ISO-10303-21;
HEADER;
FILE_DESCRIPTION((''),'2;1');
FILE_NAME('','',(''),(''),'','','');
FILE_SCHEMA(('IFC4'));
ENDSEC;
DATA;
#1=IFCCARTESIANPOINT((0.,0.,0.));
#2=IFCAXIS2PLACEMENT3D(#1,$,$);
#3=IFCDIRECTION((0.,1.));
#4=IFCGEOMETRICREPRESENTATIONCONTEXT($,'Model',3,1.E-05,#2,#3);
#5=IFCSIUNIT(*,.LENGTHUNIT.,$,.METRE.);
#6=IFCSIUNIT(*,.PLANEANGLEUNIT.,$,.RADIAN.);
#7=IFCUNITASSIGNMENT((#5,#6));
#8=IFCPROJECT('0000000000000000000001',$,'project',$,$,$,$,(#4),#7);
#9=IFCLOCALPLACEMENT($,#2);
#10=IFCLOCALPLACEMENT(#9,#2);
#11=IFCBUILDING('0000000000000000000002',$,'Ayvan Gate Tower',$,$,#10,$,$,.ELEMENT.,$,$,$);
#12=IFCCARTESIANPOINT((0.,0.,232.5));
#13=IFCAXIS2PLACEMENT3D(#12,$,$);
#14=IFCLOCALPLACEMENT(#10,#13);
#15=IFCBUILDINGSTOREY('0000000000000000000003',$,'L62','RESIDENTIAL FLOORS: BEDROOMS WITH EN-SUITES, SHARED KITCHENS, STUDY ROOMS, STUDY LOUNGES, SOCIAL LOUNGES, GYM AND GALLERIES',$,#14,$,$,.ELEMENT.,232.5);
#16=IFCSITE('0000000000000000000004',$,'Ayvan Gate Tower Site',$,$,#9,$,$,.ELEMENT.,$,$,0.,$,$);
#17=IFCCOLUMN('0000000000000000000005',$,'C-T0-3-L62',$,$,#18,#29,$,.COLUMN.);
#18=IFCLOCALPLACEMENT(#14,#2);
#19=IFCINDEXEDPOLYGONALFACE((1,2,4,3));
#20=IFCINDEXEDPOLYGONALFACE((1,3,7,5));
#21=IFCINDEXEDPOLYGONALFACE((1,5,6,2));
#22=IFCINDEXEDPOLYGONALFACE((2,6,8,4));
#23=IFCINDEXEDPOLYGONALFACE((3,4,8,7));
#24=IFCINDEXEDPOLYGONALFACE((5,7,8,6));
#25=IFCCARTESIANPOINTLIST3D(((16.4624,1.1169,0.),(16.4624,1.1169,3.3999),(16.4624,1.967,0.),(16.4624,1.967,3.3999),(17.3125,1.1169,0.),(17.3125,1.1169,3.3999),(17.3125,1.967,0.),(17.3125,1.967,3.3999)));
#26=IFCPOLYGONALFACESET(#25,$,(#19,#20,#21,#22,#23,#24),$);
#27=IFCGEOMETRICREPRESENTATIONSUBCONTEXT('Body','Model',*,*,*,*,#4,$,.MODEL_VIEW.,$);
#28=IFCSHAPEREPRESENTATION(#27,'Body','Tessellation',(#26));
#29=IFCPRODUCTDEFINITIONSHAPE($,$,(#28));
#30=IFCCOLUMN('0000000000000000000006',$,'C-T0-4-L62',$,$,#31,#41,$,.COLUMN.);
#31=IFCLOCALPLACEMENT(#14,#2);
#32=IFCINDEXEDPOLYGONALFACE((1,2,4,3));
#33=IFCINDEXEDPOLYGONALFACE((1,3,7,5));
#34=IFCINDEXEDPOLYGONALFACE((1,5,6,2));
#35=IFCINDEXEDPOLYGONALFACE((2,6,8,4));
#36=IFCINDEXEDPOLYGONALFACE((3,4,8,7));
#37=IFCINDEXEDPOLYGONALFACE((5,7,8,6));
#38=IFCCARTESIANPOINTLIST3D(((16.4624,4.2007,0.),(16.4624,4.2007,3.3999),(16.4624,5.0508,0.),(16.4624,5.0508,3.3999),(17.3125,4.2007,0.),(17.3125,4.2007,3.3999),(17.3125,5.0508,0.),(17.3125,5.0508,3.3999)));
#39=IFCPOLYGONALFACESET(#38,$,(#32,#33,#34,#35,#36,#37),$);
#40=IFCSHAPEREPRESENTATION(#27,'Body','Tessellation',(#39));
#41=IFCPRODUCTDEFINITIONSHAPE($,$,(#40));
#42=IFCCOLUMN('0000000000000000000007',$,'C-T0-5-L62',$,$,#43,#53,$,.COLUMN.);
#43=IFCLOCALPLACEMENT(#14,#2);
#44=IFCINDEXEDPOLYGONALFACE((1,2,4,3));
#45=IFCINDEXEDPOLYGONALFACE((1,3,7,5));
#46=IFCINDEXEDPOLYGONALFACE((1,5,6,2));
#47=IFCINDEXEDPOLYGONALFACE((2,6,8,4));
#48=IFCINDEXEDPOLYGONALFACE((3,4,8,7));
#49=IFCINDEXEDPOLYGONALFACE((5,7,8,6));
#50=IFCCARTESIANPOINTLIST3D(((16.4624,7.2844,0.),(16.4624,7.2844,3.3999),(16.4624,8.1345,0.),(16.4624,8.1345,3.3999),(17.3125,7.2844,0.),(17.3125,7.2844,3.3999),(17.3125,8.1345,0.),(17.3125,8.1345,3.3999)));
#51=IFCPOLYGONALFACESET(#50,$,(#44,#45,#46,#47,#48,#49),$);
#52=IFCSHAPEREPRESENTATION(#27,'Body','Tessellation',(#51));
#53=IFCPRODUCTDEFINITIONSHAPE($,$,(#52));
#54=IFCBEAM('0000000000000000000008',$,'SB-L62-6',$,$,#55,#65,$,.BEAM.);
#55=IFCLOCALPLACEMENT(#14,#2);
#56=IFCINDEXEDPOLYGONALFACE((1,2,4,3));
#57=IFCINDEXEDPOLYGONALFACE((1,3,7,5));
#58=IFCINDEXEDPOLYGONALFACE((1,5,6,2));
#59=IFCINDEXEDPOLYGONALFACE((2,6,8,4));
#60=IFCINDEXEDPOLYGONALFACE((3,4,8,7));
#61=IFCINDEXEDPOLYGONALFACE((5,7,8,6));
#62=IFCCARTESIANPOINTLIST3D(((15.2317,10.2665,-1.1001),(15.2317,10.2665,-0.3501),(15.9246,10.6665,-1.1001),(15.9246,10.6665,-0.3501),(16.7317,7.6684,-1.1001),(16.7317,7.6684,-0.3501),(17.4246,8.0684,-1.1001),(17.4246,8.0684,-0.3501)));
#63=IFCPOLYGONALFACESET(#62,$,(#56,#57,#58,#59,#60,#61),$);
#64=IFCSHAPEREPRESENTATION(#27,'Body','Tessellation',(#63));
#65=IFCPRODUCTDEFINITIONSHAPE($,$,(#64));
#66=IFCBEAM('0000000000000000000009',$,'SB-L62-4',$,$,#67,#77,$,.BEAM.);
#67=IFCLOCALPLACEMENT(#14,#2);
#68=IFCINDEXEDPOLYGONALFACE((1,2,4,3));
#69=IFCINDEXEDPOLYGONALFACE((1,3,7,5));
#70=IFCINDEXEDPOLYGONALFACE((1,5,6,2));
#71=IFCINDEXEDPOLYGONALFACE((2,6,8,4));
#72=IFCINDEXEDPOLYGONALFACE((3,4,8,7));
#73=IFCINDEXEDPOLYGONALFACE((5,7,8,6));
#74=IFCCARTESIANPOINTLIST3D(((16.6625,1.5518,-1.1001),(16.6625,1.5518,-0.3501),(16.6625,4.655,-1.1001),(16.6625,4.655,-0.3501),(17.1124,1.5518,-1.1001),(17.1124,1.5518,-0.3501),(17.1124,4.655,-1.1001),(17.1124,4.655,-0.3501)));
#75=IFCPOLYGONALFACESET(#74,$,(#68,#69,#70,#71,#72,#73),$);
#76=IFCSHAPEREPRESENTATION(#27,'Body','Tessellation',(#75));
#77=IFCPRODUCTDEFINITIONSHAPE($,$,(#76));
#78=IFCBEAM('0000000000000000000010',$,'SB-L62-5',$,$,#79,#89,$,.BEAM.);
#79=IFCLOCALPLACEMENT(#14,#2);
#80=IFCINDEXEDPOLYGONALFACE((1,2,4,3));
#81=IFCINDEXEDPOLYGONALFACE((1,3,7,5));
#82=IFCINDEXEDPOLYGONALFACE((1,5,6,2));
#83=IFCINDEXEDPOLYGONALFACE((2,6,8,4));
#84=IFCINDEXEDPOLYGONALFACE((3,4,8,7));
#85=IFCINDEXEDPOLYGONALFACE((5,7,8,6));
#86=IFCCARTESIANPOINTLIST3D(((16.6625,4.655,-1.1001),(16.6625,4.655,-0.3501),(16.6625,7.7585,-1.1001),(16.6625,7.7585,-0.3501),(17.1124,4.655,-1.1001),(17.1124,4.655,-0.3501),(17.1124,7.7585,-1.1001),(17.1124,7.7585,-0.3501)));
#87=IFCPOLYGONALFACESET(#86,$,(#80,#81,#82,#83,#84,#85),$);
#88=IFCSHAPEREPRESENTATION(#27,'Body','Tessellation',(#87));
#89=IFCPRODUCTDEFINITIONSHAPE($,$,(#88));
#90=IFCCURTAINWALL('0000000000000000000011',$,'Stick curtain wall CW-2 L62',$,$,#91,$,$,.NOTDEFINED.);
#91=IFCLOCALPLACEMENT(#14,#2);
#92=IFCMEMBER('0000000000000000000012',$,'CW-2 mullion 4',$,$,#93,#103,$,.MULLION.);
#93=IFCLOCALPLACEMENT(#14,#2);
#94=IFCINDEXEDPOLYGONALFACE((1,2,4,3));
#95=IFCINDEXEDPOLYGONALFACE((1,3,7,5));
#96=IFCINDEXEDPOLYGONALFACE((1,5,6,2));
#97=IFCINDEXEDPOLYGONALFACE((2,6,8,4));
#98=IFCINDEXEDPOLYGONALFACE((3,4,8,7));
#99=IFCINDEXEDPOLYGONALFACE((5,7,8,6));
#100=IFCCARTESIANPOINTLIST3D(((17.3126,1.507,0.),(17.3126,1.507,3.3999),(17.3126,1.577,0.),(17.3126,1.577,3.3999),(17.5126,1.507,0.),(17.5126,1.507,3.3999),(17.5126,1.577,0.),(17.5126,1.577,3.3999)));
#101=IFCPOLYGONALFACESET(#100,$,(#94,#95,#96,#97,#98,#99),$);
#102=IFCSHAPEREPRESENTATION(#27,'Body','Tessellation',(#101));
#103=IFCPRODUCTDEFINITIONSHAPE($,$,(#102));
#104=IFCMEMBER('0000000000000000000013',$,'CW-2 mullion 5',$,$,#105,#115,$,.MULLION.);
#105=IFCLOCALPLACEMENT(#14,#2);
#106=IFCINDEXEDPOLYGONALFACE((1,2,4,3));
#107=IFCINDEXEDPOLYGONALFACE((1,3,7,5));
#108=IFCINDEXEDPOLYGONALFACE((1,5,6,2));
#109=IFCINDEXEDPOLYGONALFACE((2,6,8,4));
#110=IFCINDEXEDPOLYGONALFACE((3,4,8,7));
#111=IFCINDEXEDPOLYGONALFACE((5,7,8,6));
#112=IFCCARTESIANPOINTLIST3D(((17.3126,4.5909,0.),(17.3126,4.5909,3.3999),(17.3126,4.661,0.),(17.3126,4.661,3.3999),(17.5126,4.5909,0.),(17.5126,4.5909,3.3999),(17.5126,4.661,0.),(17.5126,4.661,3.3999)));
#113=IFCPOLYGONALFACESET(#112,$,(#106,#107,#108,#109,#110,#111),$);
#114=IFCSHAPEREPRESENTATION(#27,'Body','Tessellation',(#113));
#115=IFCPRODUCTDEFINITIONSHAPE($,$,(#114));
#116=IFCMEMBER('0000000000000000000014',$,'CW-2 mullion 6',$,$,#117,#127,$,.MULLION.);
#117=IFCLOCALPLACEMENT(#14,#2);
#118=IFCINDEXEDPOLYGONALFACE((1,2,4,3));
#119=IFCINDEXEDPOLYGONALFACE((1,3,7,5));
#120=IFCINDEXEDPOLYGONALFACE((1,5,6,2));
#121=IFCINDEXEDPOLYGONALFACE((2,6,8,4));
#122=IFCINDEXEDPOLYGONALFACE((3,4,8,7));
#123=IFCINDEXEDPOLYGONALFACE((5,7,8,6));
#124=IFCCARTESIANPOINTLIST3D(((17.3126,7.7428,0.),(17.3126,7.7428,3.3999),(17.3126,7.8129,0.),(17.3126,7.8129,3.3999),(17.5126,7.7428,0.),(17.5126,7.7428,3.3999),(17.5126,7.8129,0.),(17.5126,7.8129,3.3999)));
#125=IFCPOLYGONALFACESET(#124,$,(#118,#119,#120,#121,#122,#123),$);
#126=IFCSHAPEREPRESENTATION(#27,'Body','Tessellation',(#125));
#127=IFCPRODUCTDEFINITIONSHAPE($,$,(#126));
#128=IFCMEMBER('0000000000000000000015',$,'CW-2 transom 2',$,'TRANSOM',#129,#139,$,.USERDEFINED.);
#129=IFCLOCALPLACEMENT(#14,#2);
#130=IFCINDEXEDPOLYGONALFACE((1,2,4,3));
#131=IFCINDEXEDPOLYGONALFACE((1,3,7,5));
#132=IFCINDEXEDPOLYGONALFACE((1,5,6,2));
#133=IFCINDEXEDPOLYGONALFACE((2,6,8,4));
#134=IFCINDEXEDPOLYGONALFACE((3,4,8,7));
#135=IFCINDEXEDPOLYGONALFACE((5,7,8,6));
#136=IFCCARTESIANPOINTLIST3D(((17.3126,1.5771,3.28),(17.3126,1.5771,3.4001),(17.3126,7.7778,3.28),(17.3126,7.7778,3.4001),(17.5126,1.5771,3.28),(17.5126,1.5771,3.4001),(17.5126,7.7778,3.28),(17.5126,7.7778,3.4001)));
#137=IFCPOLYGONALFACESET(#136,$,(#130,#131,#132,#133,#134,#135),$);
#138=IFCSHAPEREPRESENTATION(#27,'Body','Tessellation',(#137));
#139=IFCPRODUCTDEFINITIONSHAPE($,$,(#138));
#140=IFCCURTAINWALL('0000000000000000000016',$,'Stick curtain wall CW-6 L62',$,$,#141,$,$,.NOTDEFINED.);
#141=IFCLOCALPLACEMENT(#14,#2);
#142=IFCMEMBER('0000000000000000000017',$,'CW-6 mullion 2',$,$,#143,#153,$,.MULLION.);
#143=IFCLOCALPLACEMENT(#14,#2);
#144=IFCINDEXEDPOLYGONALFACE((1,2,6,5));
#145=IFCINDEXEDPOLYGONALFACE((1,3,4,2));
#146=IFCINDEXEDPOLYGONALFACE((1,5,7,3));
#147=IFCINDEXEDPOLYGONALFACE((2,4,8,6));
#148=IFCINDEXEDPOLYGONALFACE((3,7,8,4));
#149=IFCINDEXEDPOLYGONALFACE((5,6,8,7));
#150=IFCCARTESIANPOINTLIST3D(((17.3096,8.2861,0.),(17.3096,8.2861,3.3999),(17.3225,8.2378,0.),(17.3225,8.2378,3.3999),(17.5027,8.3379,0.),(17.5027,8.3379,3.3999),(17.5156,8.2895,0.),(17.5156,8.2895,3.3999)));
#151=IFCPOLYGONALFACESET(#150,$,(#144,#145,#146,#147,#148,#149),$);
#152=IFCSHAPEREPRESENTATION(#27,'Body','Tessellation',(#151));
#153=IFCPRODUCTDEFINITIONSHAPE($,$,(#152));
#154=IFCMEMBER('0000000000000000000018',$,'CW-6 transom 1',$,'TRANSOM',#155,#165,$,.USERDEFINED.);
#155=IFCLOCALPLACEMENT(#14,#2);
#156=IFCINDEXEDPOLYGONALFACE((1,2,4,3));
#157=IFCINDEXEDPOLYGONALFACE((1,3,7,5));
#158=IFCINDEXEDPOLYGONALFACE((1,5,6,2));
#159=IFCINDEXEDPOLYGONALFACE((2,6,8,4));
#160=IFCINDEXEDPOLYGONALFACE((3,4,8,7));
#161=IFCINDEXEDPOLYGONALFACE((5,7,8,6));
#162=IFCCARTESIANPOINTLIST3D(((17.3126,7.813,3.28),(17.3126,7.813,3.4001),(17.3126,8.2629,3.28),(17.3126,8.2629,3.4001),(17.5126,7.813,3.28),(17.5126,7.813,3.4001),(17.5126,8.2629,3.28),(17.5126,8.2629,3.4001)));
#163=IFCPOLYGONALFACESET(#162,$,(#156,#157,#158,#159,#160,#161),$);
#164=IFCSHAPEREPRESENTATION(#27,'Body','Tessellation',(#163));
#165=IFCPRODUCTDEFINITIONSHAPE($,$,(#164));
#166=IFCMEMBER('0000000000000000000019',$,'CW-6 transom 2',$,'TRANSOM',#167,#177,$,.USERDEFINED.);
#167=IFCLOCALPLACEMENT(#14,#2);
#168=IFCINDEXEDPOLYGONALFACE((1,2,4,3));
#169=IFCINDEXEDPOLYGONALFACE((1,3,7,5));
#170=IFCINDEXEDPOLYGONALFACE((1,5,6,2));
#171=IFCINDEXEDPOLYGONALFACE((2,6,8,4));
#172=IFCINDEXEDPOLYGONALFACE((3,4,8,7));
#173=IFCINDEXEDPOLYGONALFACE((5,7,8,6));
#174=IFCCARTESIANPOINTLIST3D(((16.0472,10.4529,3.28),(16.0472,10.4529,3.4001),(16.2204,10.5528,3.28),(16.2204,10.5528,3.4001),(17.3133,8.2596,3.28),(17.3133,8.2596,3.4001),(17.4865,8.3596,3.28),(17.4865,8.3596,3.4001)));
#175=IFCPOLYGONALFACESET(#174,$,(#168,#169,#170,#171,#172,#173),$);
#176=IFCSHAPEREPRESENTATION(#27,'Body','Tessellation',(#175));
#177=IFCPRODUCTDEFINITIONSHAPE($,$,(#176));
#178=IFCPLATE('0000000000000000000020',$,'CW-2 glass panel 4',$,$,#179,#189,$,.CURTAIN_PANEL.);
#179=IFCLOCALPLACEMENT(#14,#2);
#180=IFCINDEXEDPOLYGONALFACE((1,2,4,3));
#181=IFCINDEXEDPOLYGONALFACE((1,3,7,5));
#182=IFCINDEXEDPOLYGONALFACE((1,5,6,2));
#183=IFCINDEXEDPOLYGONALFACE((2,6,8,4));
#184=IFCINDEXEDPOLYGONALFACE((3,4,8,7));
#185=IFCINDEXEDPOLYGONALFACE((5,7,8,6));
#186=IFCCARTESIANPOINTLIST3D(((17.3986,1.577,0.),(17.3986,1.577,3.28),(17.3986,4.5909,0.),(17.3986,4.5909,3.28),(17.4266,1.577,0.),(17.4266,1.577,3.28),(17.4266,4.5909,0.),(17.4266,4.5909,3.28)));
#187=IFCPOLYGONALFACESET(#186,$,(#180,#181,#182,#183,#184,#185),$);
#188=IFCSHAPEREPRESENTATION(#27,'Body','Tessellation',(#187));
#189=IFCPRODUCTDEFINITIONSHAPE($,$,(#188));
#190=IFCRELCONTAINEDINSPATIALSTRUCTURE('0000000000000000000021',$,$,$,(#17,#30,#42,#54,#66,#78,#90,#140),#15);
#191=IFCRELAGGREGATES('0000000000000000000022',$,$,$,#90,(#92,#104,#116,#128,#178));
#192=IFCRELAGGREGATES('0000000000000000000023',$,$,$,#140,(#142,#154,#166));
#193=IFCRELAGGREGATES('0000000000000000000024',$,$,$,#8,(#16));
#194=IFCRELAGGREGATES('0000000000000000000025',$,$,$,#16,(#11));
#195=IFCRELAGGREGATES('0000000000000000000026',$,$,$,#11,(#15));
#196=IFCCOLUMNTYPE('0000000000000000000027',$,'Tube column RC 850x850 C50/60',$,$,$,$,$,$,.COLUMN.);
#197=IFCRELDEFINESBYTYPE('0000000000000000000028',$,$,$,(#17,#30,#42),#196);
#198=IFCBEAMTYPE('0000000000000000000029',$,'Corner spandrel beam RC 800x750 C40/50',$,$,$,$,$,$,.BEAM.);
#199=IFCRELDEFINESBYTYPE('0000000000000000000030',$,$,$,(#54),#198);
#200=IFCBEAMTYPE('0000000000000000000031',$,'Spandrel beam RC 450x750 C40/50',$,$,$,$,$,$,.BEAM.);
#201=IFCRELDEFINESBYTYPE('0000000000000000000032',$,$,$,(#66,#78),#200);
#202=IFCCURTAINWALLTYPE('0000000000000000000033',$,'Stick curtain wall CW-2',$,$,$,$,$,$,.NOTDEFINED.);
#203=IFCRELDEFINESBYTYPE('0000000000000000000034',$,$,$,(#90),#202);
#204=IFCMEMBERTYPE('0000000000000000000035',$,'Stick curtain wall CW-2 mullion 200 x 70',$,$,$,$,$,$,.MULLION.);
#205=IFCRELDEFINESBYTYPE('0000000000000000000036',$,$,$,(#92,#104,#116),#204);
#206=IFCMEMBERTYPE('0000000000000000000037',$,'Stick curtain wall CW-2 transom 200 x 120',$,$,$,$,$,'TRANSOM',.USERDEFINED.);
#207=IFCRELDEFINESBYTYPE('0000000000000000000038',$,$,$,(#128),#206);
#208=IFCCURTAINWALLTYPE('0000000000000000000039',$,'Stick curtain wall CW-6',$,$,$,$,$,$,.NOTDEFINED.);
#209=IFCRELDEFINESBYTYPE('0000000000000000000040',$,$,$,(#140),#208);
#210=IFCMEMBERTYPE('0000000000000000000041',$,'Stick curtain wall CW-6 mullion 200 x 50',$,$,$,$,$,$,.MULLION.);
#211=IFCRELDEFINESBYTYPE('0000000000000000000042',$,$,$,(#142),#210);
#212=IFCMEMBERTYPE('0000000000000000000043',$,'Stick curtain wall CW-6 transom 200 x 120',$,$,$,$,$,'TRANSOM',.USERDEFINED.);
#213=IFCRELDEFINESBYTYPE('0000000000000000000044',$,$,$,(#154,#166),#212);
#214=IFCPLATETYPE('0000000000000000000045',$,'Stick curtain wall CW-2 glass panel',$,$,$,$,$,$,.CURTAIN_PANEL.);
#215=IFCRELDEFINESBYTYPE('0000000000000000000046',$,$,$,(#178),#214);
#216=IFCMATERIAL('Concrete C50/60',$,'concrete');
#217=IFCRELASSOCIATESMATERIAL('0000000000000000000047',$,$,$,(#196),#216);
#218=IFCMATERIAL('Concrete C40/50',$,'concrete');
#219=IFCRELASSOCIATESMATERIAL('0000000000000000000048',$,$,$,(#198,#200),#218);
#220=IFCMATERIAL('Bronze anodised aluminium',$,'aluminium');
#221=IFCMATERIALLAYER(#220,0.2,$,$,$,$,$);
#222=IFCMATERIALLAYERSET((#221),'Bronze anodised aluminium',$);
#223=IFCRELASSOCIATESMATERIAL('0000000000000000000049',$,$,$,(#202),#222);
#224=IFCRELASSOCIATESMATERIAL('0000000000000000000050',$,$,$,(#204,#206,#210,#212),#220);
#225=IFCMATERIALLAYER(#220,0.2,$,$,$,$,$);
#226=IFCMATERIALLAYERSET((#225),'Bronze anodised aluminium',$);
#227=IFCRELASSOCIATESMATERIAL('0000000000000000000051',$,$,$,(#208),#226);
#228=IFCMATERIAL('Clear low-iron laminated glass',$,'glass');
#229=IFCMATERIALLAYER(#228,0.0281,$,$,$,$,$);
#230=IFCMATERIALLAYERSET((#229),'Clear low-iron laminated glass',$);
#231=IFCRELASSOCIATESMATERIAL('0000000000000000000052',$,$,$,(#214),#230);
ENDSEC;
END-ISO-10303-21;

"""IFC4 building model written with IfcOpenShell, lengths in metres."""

from ifc_helpers import new_model, si_unit, direction, frame, origin, origin_2d, place, context, subcontext, project, spatial, rectangle, extrude, material, layer, layer_set, material_profile, profile_set, type_object, element, aggregate, save


model = new_model("IFC4")

# Units and contexts
model_context = context("Model", 3, precision=1e-05, world=origin(), true_north=direction((0.0, 1.0)))
body_context = subcontext(model_context, "Body", "Model", "MODEL_VIEW")
ifc_project = project(units=[si_unit("LENGTHUNIT", "METRE"), si_unit("PLANEANGLEUNIT", "RADIAN")], contexts=[model_context])

# Site, building, storey
site_placement = place(None, origin())
site = spatial("IfcSite", under=ifc_project, at=site_placement, Name="Ayvan Gate Tower Site", CompositionType="ELEMENT", RefElevation=0.0)
building_placement = place(site_placement, origin())
building = spatial("IfcBuilding", under=site, at=building_placement, Name="Ayvan Gate Tower", CompositionType="ELEMENT")
storey_placement = place(building_placement, frame((0.0, 0.0, 232.5)))
storey = spatial("IfcBuildingStorey", under=building, at=storey_placement, Name="L62", Description="RESIDENTIAL FLOORS: BEDROOMS WITH EN-SUITES, SHARED KITCHENS, STUDY ROOMS, STUDY LOUNGES, SOCIAL LOUNGES, GYM AND GALLERIES", CompositionType="ELEMENT", Elevation=232.5)

# Columns
ifc_material_1 = material(Name="Concrete C50/60", Category="concrete")
ifc_material_profile_1 = material_profile(ifc_material_1, rectangle(XDim=0.8501, YDim=0.8501, at=origin_2d()), Name="RC 850x850")
ifc_profile_set_1 = profile_set([ifc_material_profile_1], Name="Concrete C50/60")
column_type = type_object("IfcColumnType", Name="Tube column RC 850x850 C50/60", PredefinedType="COLUMN", material=ifc_profile_set_1)
for number, where, z_axis, x_axis, name in (
    (1, (16.8875, 1.542, 0.0), (0.0, 0.0, 1.0), (1.0, 0.0, 0.0), "C-T0-3-L62"),
    (2, (16.8875, 4.6257, 0.0), (0.0, 0.0, 1.0), (1.0, 0.0, 0.0), "C-T0-4-L62"),
    (3, (16.8875, 7.7095, 0.0), (0.0, 0.0, 1.0), (1.0, 0.0, 0.0), "C-T0-5-L62"),
):
    element("IfcColumn", number, at=place(storey_placement, frame(where, z_axis=z_axis, x_axis=x_axis)), inside=storey, type_object=column_type, Name=name, PredefinedType="COLUMN", context=body_context, shape_type="SweptSolid", body=[
        extrude(rectangle(XDim=0.8501, YDim=0.8501, at=origin_2d()), origin(), (0.0, 0.0, 1.0), 3.3999),
    ])

# Beams
ifc_material_2 = material(Name="Concrete C40/50", Category="concrete")
ifc_material_profile_2 = material_profile(ifc_material_2, rectangle(XDim=0.8, YDim=0.75, at=origin_2d()), Name="RC 800x750")
ifc_profile_set_2 = profile_set([ifc_material_profile_2], Name="Concrete C40/50")
beam_type_1 = type_object("IfcBeamType", Name="Corner spandrel beam RC 800x750 C40/50", PredefinedType="BEAM", material=ifc_profile_set_2)
beam_1_placement = place(storey_placement, frame((17.0781, 7.8684, -0.7251), z_axis=(-0.49999, 0.866031, 0.0), x_axis=(-0.866031, -0.49999, 0.0)))
element("IfcBeam", 4, at=beam_1_placement, inside=storey, type_object=beam_type_1, Name="SB-L62-6", PredefinedType="BEAM", context=body_context, shape_type="SweptSolid", body=[
    extrude(rectangle(XDim=0.8, YDim=0.75, at=origin_2d()), origin(), (0.0, 0.0, 1.0), 3.0),
])
ifc_material_profile_3 = material_profile(ifc_material_2, rectangle(XDim=0.45, YDim=0.75, at=origin_2d()), Name="RC 450x750")
ifc_profile_set_3 = profile_set([ifc_material_profile_3], Name="Concrete C40/50")
beam_type_2 = type_object("IfcBeamType", Name="Spandrel beam RC 450x750 C40/50", PredefinedType="BEAM", material=ifc_profile_set_3)
beam_2_placement = place(storey_placement, frame((16.8875, 1.5518, -0.7251), z_axis=(0.0, 1.0, 0.0), x_axis=(-1.0, 0.0, 0.0)))
element("IfcBeam", 5, at=beam_2_placement, inside=storey, type_object=beam_type_2, Name="SB-L62-4", PredefinedType="BEAM", context=body_context, shape_type="SweptSolid", body=[
    extrude(rectangle(XDim=0.45, YDim=0.75, at=origin_2d()), origin(), (0.0, 0.0, 1.0), 3.1033),
])
beam_3_placement = place(storey_placement, frame((16.8875, 4.655, -0.7251), z_axis=(0.0, 1.0, 0.0), x_axis=(-1.0, 0.0, 0.0)))
element("IfcBeam", 6, at=beam_3_placement, inside=storey, type_object=beam_type_2, Name="SB-L62-5", PredefinedType="BEAM", context=body_context, shape_type="SweptSolid", body=[
    extrude(rectangle(XDim=0.45, YDim=0.75, at=origin_2d()), origin(), (0.0, 0.0, 1.0), 3.1035),
])

# Curtain walls, members
ifc_material_3 = material(Name="Bronze anodised aluminium", Category="aluminium")
ifc_layer_1 = layer(ifc_material_3, 0.2)
ifc_layer_set_1 = layer_set([ifc_layer_1], Name="Bronze anodised aluminium")
curtain_wall_type_1 = type_object("IfcCurtainWallType", Name="Stick curtain wall CW-2", PredefinedType="NOTDEFINED", material=ifc_layer_set_1)
curtain_wall_1_placement = place(storey_placement, origin())
curtain_wall_1 = element("IfcCurtainWall", 7, at=curtain_wall_1_placement, inside=storey, type_object=curtain_wall_type_1, Name="Stick curtain wall CW-2 L62", PredefinedType="NOTDEFINED")
ifc_material_profile_4 = material_profile(ifc_material_3, rectangle(XDim=0.2, YDim=0.0701, at=origin_2d()), Name="Stick curtain wall CW-2 mullion 200 x 70")
ifc_profile_set_4 = profile_set([ifc_material_profile_4], Name="Bronze anodised aluminium")
member_type_1 = type_object("IfcMemberType", Name="Stick curtain wall CW-2 mullion 200 x 70", PredefinedType="MULLION", material=ifc_profile_set_4)
member_1_placement = place(storey_placement, frame((17.4126, 1.542, 0.0), z_axis=(0.0, 0.0, 1.0), x_axis=(1.0, 0.0, 0.0)))
member_1 = element("IfcMember", 8, at=member_1_placement, type_object=member_type_1, Name="CW-2 mullion 4", PredefinedType="MULLION", context=body_context, shape_type="SweptSolid", body=[
    extrude(rectangle(XDim=0.2, YDim=0.0701, at=origin_2d()), origin(), (0.0, 0.0, 1.0), 3.3999),
])
member_2_placement = place(storey_placement, frame((17.4126, 4.626, 0.0), z_axis=(0.0, 0.0, 1.0), x_axis=(1.0, 0.0, 0.0)))
member_2 = element("IfcMember", 9, at=member_2_placement, type_object=member_type_1, Name="CW-2 mullion 5", PredefinedType="MULLION", context=body_context, shape_type="SweptSolid", body=[
    extrude(rectangle(XDim=0.2, YDim=0.0701, at=origin_2d()), origin(), (0.0, 0.0, 1.0), 3.3999),
])
member_3_placement = place(storey_placement, frame((17.4126, 7.7778, 0.0), z_axis=(0.0, 0.0, 1.0), x_axis=(1.0, 0.0, 0.0)))
member_3 = element("IfcMember", 10, at=member_3_placement, type_object=member_type_1, Name="CW-2 mullion 6", PredefinedType="MULLION", context=body_context, shape_type="SweptSolid", body=[
    extrude(rectangle(XDim=0.2, YDim=0.0701, at=origin_2d()), origin(), (0.0, 0.0, 1.0), 3.3999),
])
ifc_material_profile_5 = material_profile(ifc_material_3, rectangle(XDim=0.2, YDim=0.1201, at=origin_2d()), Name="Stick curtain wall CW-2 transom 200 x 120")
ifc_profile_set_5 = profile_set([ifc_material_profile_5], Name="Bronze anodised aluminium")
member_type_2 = type_object("IfcMemberType", Name="Stick curtain wall CW-2 transom 200 x 120", ElementType="TRANSOM", PredefinedType="USERDEFINED", material=ifc_profile_set_5)
member_4_placement = place(storey_placement, frame((17.4126, 1.5771, 3.3401), z_axis=(0.0, 1.0, 0.0), x_axis=(-1.0, 0.0, 0.0)))
member_4 = element("IfcMember", 11, at=member_4_placement, type_object=member_type_2, Name="CW-2 transom 2", ObjectType="TRANSOM", PredefinedType="USERDEFINED", context=body_context, shape_type="SweptSolid", body=[
    extrude(rectangle(XDim=0.2, YDim=0.1201, at=origin_2d()), origin(), (0.0, 0.0, 1.0), 6.2007),
])
ifc_layer_2 = layer(ifc_material_3, 0.2)
ifc_layer_set_2 = layer_set([ifc_layer_2], Name="Bronze anodised aluminium")
curtain_wall_type_2 = type_object("IfcCurtainWallType", Name="Stick curtain wall CW-6", PredefinedType="NOTDEFINED", material=ifc_layer_set_2)
curtain_wall_2_placement = place(storey_placement, origin())
curtain_wall_2 = element("IfcCurtainWall", 12, at=curtain_wall_2_placement, inside=storey, type_object=curtain_wall_type_2, Name="Stick curtain wall CW-6 L62", PredefinedType="NOTDEFINED")
ifc_material_profile_6 = material_profile(ifc_material_3, rectangle(XDim=0.2, YDim=0.05, at=origin_2d()), Name="Stick curtain wall CW-6 mullion 200 x 50")
ifc_profile_set_6 = profile_set([ifc_material_profile_6], Name="Bronze anodised aluminium")
member_type_3 = type_object("IfcMemberType", Name="Stick curtain wall CW-6 mullion 200 x 50", PredefinedType="MULLION", material=ifc_profile_set_6)
member_5_placement = place(storey_placement, frame((17.4126, 8.2878, 0.0), z_axis=(0.0, 0.0, 1.0), x_axis=(0.965926, 0.258819, 0.0)))
member_5 = element("IfcMember", 13, at=member_5_placement, type_object=member_type_3, Name="CW-6 mullion 2", PredefinedType="MULLION", context=body_context, shape_type="SweptSolid", body=[
    extrude(rectangle(XDim=0.2, YDim=0.05, at=origin_2d()), origin(), (0.0, 0.0, 1.0), 3.3999),
])
ifc_material_profile_7 = material_profile(ifc_material_3, rectangle(XDim=0.2, YDim=0.1201, at=origin_2d()), Name="Stick curtain wall CW-6 transom 200 x 120")
ifc_profile_set_7 = profile_set([ifc_material_profile_7], Name="Bronze anodised aluminium")
member_type_4 = type_object("IfcMemberType", Name="Stick curtain wall CW-6 transom 200 x 120", ElementType="TRANSOM", PredefinedType="USERDEFINED", material=ifc_profile_set_7)
member_6_placement = place(storey_placement, frame((17.4126, 7.813, 3.3401), z_axis=(0.0, 1.0, 0.0), x_axis=(-1.0, 0.0, 0.0)))
member_6 = element("IfcMember", 14, at=member_6_placement, type_object=member_type_4, Name="CW-6 transom 1", ObjectType="TRANSOM", PredefinedType="USERDEFINED", context=body_context, shape_type="SweptSolid", body=[
    extrude(rectangle(XDim=0.2, YDim=0.1201, at=origin_2d()), origin(), (0.0, 0.0, 1.0), 0.45),
])
member_7_placement = place(storey_placement, frame((17.3999, 8.3096, 3.3401), z_axis=(-0.499934, 0.866064, 0.0), x_axis=(-0.866064, -0.499934, 0.0)))
member_7 = element("IfcMember", 15, at=member_7_placement, type_object=member_type_4, Name="CW-6 transom 2", ObjectType="TRANSOM", PredefinedType="USERDEFINED", context=body_context, shape_type="SweptSolid", body=[
    extrude(rectangle(XDim=0.2, YDim=0.1201, at=origin_2d()), origin(), (0.0, 0.0, 1.0), 2.5325),
])

# Plate
ifc_material_4 = material(Name="Clear low-iron laminated glass", Category="glass")
ifc_layer_3 = layer(ifc_material_4, 0.0281)
ifc_layer_set_3 = layer_set([ifc_layer_3], Name="Clear low-iron laminated glass")
plate_type_1 = type_object("IfcPlateType", Name="Stick curtain wall CW-2 glass panel", PredefinedType="CURTAIN_PANEL", material=ifc_layer_set_3)
plate_1_placement = place(storey_placement, frame((17.4126, 3.084, 0.0), z_axis=(0.0, 0.0, 1.0), x_axis=(0.0, 1.0, 0.0)))
plate_1 = element("IfcPlate", 16, at=plate_1_placement, type_object=plate_type_1, Name="CW-2 glass panel 4", PredefinedType="CURTAIN_PANEL", context=body_context, shape_type="SweptSolid", body=[
    extrude(rectangle(XDim=3.0139, YDim=0.0281, at=origin_2d()), origin(), (0.0, 0.0, 1.0), 3.28),
])
aggregate(curtain_wall_1, [member_1, member_2, member_3, member_4, plate_1])
aggregate(curtain_wall_2, [member_5, member_6, member_7])

save(model, "model.ifc")
